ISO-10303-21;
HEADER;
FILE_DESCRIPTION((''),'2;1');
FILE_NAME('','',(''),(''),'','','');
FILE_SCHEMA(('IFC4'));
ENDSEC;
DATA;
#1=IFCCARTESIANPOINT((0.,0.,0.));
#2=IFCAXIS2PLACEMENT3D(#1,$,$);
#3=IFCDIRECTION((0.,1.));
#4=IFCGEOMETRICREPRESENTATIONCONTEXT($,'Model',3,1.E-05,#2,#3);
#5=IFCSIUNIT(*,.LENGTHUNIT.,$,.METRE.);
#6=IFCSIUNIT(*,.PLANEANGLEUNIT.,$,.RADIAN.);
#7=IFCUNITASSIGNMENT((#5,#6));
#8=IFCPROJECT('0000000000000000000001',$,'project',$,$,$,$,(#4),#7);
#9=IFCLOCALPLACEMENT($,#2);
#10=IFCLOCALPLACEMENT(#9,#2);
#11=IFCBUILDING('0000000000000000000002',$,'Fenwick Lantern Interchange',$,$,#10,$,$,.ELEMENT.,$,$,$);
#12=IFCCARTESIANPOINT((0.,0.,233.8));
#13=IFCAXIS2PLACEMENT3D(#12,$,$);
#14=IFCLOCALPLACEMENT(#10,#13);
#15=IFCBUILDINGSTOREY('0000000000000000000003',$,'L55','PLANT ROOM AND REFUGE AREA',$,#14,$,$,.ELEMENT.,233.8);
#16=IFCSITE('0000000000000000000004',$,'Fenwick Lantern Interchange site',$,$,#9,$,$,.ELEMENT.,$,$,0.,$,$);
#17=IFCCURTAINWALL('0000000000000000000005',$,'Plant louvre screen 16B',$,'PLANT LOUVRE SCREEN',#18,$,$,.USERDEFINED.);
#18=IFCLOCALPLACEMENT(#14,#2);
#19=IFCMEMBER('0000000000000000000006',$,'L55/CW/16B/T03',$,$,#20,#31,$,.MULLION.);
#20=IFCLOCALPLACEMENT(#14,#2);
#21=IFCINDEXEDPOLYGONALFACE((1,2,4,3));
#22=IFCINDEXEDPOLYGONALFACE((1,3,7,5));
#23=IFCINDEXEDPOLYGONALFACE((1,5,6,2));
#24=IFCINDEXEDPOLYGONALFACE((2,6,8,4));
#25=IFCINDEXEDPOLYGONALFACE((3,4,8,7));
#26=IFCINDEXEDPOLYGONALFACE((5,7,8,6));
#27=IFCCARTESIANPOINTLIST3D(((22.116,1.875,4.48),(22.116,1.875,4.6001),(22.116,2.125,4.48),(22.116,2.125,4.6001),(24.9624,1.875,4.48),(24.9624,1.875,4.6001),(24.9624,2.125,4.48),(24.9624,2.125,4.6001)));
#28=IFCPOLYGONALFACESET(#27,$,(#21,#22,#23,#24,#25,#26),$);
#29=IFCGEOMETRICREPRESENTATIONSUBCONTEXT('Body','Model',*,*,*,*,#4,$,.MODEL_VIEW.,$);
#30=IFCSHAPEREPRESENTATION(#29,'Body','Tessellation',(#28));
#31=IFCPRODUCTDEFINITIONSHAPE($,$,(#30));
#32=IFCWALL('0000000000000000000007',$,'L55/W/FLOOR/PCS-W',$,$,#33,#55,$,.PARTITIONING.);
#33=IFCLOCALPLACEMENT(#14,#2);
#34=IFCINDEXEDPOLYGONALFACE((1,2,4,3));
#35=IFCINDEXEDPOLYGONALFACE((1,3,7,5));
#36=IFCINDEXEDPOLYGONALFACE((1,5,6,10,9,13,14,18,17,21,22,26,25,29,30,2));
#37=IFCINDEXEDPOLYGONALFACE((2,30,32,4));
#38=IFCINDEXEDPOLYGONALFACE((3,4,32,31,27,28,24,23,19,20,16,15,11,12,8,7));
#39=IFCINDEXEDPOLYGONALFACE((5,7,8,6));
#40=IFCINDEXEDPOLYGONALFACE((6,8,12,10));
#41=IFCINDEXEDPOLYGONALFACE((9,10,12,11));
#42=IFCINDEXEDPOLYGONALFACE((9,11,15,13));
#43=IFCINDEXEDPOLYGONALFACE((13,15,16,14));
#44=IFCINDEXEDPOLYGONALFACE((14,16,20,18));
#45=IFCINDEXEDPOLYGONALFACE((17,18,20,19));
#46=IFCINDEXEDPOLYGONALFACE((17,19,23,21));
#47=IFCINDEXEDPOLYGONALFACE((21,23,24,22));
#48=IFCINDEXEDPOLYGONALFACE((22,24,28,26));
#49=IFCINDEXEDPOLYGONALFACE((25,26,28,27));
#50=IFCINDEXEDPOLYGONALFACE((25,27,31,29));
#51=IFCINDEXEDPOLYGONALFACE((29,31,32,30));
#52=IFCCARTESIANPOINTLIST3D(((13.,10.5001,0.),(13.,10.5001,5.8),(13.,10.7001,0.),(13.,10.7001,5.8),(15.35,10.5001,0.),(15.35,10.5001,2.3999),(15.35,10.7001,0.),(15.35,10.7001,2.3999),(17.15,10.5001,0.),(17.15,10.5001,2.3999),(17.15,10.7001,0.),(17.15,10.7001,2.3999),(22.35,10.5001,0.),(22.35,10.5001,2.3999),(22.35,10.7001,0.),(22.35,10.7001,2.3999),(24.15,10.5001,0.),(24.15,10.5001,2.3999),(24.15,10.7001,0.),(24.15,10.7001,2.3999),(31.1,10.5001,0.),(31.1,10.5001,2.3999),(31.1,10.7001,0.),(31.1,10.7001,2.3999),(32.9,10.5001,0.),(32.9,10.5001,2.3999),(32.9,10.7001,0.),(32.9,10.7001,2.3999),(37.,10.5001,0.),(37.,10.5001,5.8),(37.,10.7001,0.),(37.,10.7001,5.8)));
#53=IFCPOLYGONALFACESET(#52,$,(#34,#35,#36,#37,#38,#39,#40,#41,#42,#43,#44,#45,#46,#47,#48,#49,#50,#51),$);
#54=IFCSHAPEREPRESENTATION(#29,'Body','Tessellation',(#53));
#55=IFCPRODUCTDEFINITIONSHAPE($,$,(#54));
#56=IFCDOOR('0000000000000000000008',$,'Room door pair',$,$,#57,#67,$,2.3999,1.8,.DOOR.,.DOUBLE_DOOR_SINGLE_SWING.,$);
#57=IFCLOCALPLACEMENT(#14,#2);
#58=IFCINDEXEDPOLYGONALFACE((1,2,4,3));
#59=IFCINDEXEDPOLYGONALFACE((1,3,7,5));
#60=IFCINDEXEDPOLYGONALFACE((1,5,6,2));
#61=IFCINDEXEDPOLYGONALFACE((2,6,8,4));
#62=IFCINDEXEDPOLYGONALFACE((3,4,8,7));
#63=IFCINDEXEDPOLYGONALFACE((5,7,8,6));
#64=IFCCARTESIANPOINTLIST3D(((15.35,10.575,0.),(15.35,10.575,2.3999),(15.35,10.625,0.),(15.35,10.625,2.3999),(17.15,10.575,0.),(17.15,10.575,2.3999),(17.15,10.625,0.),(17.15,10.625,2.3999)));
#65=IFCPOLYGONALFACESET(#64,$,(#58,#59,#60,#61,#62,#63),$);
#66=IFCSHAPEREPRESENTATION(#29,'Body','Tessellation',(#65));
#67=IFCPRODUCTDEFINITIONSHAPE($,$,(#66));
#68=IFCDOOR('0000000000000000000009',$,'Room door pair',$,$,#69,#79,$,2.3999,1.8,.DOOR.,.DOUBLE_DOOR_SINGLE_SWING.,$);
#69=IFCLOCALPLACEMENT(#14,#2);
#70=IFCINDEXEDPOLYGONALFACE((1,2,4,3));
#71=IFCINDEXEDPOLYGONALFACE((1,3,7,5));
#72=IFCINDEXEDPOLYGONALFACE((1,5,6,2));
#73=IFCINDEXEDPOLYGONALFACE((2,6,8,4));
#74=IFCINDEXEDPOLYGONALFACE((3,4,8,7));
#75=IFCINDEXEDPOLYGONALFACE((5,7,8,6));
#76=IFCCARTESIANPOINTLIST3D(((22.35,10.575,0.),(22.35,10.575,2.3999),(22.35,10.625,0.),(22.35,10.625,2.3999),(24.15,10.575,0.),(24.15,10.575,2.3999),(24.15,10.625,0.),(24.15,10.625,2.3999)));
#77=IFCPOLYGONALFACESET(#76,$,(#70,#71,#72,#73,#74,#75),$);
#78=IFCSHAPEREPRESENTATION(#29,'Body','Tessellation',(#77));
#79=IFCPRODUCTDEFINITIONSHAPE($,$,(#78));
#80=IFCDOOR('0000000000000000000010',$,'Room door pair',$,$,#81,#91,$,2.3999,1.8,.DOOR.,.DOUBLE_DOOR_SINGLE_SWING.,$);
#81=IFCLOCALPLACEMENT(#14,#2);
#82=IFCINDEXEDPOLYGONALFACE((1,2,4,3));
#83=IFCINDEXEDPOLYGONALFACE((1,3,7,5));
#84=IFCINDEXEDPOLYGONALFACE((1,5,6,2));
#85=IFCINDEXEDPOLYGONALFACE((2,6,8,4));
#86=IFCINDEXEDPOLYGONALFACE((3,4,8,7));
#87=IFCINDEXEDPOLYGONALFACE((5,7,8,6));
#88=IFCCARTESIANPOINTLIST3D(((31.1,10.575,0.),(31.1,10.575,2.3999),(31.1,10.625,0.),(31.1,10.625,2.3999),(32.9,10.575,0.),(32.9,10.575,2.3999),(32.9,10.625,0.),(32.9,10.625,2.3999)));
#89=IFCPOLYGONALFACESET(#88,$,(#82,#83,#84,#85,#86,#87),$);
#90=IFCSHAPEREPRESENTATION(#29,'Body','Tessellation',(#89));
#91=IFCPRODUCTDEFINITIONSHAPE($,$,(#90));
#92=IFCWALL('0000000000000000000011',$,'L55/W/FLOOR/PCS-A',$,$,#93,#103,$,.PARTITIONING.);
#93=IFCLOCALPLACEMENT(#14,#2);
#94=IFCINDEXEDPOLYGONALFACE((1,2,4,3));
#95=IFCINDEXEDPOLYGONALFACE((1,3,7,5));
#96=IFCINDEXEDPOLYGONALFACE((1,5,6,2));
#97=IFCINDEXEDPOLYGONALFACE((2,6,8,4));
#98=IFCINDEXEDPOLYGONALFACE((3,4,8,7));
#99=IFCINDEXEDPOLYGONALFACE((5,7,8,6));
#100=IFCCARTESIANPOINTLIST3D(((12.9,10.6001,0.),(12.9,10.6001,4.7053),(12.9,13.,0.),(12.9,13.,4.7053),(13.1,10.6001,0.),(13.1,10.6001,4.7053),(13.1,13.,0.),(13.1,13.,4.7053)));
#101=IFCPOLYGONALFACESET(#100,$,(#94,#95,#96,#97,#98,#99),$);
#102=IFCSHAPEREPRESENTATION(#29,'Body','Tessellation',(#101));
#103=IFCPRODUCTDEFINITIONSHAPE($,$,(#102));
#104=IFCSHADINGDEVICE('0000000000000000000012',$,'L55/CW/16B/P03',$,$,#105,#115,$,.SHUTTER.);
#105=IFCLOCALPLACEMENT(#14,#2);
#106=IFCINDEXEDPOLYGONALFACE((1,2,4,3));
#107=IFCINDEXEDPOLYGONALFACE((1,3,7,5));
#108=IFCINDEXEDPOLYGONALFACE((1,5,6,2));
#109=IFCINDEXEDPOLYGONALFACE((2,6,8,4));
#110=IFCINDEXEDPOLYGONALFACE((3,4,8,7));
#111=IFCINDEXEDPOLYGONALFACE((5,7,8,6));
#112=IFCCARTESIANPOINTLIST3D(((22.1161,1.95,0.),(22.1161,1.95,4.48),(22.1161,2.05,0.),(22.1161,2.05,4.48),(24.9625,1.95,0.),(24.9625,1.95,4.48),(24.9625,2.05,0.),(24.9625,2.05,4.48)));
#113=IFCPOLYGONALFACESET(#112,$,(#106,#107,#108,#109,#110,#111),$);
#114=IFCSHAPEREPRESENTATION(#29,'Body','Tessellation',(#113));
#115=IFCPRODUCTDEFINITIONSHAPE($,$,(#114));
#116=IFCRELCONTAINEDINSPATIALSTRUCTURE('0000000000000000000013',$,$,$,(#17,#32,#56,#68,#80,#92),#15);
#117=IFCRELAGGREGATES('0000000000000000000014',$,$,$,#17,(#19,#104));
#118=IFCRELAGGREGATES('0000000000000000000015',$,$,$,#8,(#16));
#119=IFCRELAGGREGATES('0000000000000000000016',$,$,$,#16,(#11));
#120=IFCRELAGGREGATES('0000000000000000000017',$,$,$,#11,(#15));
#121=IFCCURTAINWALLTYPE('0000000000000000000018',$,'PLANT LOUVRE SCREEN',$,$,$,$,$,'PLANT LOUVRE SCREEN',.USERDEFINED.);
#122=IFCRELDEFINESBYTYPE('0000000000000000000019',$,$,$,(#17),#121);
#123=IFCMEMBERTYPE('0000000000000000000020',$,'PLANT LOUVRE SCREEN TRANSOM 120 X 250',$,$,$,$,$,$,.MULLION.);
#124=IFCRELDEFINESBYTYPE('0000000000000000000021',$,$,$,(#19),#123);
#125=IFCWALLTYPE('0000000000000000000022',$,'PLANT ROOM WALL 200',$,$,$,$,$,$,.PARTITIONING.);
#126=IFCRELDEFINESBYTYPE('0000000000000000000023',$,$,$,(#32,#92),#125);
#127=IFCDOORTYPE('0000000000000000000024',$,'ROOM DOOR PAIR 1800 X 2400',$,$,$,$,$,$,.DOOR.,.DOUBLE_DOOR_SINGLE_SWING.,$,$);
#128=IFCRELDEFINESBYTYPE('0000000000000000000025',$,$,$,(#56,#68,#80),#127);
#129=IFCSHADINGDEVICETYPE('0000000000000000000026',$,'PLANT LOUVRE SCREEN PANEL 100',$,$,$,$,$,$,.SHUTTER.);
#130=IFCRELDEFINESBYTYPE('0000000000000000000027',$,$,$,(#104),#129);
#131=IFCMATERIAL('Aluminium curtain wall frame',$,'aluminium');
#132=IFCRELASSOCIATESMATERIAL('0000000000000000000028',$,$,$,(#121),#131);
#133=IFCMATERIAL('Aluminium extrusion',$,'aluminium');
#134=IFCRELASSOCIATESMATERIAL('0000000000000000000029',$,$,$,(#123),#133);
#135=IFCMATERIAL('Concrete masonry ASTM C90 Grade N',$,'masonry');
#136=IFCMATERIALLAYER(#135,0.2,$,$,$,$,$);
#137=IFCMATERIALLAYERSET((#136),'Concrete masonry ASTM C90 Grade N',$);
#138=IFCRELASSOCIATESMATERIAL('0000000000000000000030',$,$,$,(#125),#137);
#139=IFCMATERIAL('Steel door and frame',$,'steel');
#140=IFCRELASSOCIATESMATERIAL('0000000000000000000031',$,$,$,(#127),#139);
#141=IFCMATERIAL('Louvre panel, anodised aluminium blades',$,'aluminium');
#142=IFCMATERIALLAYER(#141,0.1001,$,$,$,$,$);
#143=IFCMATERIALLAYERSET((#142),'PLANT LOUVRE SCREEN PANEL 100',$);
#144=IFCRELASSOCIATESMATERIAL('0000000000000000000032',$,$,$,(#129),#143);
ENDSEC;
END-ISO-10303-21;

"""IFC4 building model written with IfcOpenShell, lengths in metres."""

from ifc_helpers import new_model, si_unit, direction, frame, frame_2d, origin, origin_2d, place, context, subcontext, project, spatial, rectangle, extrude, material, layer, layer_set, material_profile, profile_set, type_object, element, fill, aggregate, save


model = new_model("IFC4")

# Units and contexts
model_context = context("Model", 3, precision=1e-05, world=origin(), true_north=direction((0.0, 1.0)))
body_context = subcontext(model_context, "Body", "Model", "MODEL_VIEW")
ifc_project = project(units=[si_unit("LENGTHUNIT", "METRE"), si_unit("PLANEANGLEUNIT", "RADIAN")], contexts=[model_context])

# Site, building, storey
site_placement = place(None, origin())
site = spatial("IfcSite", under=ifc_project, at=site_placement, Name="Fenwick Lantern Interchange site", CompositionType="ELEMENT", RefElevation=0.0)
building_placement = place(site_placement, origin())
building = spatial("IfcBuilding", under=site, at=building_placement, Name="Fenwick Lantern Interchange", CompositionType="ELEMENT")
storey_placement = place(building_placement, frame((0.0, 0.0, 233.8)))
storey = spatial("IfcBuildingStorey", under=building, at=storey_placement, Name="L55", Description="PLANT ROOM AND REFUGE AREA", CompositionType="ELEMENT", Elevation=233.8)

# Curtain wall
ifc_material_1 = material(Name="Aluminium curtain wall frame", Category="aluminium")
curtain_wall_type = type_object("IfcCurtainWallType", Name="PLANT LOUVRE SCREEN", ElementType="PLANT LOUVRE SCREEN", PredefinedType="USERDEFINED", material=ifc_material_1)
ifc_material_2 = material(Name="Aluminium extrusion", Category="aluminium")
curtain_wall_1_placement = place(storey_placement, origin())
curtain_wall_1 = element("IfcCurtainWall", 1, at=curtain_wall_1_placement, inside=storey, type_object=curtain_wall_type, Name="Plant louvre screen 16B", ObjectType="PLANT LOUVRE SCREEN", PredefinedType="USERDEFINED")

# Member
ifc_material_profile_1 = material_profile(ifc_material_2, rectangle(XDim=0.25, YDim=0.1201, at=origin_2d()), Name="PLANT LOUVRE SCREEN TRANSOM 120 X 250")
ifc_profile_set_1 = profile_set([ifc_material_profile_1], Name="Aluminium extrusion")
member_type_1 = type_object("IfcMemberType", Name="PLANT LOUVRE SCREEN TRANSOM 120 X 250", PredefinedType="MULLION", material=ifc_profile_set_1)
member_1_placement = place(storey_placement, frame((22.116, 2.0, 4.54), z_axis=(1.0, 0.0, 0.0), x_axis=(0.0, 1.0, 0.0)))
member_1 = element("IfcMember", 2, at=member_1_placement, type_object=member_type_1, Name="L55/CW/16B/T03", PredefinedType="MULLION", context=body_context, shape_type="SweptSolid", body=[
    extrude(rectangle(XDim=0.25, YDim=0.1201, at=origin_2d()), origin(), (0.0, 0.0, 1.0), 2.8464),
])

# Wall, openings, doors
ifc_material_3 = material(Name="Concrete masonry ASTM C90 Grade N", Category="masonry")
ifc_layer_1 = layer(ifc_material_3, 0.2)
ifc_layer_set_1 = layer_set([ifc_layer_1], Name="Concrete masonry ASTM C90 Grade N")
wall_type = type_object("IfcWallType", Name="PLANT ROOM WALL 200", PredefinedType="PARTITIONING", material=ifc_layer_set_1)
wall_1_placement = place(storey_placement, frame((13.0, 10.6001, 0.0), z_axis=(0.0, 0.0, 1.0), x_axis=(1.0, 0.0, 0.0)))
wall_1 = element("IfcWall", 3, at=wall_1_placement, inside=storey, type_object=wall_type, Name="L55/W/FLOOR/PCS-W", PredefinedType="PARTITIONING", context=body_context, shape_type="SweptSolid", body=[
    extrude(rectangle(XDim=24.0, YDim=0.2, at=frame_2d((12.0, 0.0))), origin(), (0.0, 0.0, 1.0), 5.8),
])
opening_1_placement = place(wall_1_placement, frame((2.3501, 0.0, 0.0)))
opening_1 = element("IfcOpeningElement", 4, at=opening_1_placement, cuts=wall_1, PredefinedType="OPENING", context=body_context, shape_type="SweptSolid", body=[
    extrude(rectangle(XDim=1.8, YDim=2.3999, at=frame_2d((0.8999, 1.2))), frame((0.0, 0.1099, 0.0), z_axis=(0.0, -1.0, 0.0), x_axis=(1.0, 0.0, 0.0)), (0.0, 0.0, 1.0), 0.22),
])
opening_2_placement = place(wall_1_placement, frame((9.3501, 0.0, 0.0)))
opening_2 = element("IfcOpeningElement", 5, at=opening_2_placement, cuts=wall_1, PredefinedType="OPENING", context=body_context, shape_type="SweptSolid", body=[
    extrude(rectangle(XDim=1.8, YDim=2.3999, at=frame_2d((0.8999, 1.2))), frame((0.0, 0.1099, 0.0), z_axis=(0.0, -1.0, 0.0), x_axis=(1.0, 0.0, 0.0)), (0.0, 0.0, 1.0), 0.22),
])
opening_3_placement = place(wall_1_placement, frame((18.1001, 0.0, 0.0)))
opening_3 = element("IfcOpeningElement", 6, at=opening_3_placement, cuts=wall_1, PredefinedType="OPENING", context=body_context, shape_type="SweptSolid", body=[
    extrude(rectangle(XDim=1.8, YDim=2.3999, at=frame_2d((0.8999, 1.2))), frame((0.0, 0.1099, 0.0), z_axis=(0.0, -1.0, 0.0), x_axis=(1.0, 0.0, 0.0)), (0.0, 0.0, 1.0), 0.22),
])
ifc_material_4 = material(Name="Steel door and frame", Category="steel")
door_type = type_object("IfcDoorType", Name="ROOM DOOR PAIR 1800 X 2400", OperationType="DOUBLE_DOOR_SINGLE_SWING", PredefinedType="DOOR", material=ifc_material_4)
door_1_placement = place(opening_1_placement, origin())
door_1 = element("IfcDoor", 7, at=door_1_placement, inside=storey, type_object=door_type, Name="Room door pair", OperationType="DOUBLE_DOOR_SINGLE_SWING", OverallHeight=2.3999, OverallWidth=1.8, PredefinedType="DOOR", context=body_context, shape_type="SweptSolid", body=[
    extrude(rectangle(XDim=1.8, YDim=2.3999, at=frame_2d((0.8999, 1.2))), frame((0.0, 0.0249, 0.0), z_axis=(0.0, -1.0, 0.0), x_axis=(1.0, 0.0, 0.0)), (0.0, 0.0, 1.0), 0.05),
])
fill(opening_1, door_1)
door_2_placement = place(opening_2_placement, origin())
door_2 = element("IfcDoor", 8, at=door_2_placement, inside=storey, type_object=door_type, Name="Room door pair", OperationType="DOUBLE_DOOR_SINGLE_SWING", OverallHeight=2.3999, OverallWidth=1.8, PredefinedType="DOOR", context=body_context, shape_type="SweptSolid", body=[
    extrude(rectangle(XDim=1.8, YDim=2.3999, at=frame_2d((0.8999, 1.2))), frame((0.0, 0.0249, 0.0), z_axis=(0.0, -1.0, 0.0), x_axis=(1.0, 0.0, 0.0)), (0.0, 0.0, 1.0), 0.05),
])
fill(opening_2, door_2)
door_3_placement = place(opening_3_placement, origin())
door_3 = element("IfcDoor", 9, at=door_3_placement, inside=storey, type_object=door_type, Name="Room door pair", OperationType="DOUBLE_DOOR_SINGLE_SWING", OverallHeight=2.3999, OverallWidth=1.8, PredefinedType="DOOR", context=body_context, shape_type="SweptSolid", body=[
    extrude(rectangle(XDim=1.8, YDim=2.3999, at=frame_2d((0.8999, 1.2))), frame((0.0, 0.0249, 0.0), z_axis=(0.0, -1.0, 0.0), x_axis=(1.0, 0.0, 0.0)), (0.0, 0.0, 1.0), 0.05),
])
fill(opening_3, door_3)

# Wall
wall_2_placement = place(storey_placement, frame((13.0, 10.6001, 0.0), z_axis=(0.0, 0.0, 1.0), x_axis=(0.0, 1.0, 0.0)))
element("IfcWall", 10, at=wall_2_placement, inside=storey, type_object=wall_type, Name="L55/W/FLOOR/PCS-A", PredefinedType="PARTITIONING", context=body_context, shape_type="SweptSolid", body=[
    extrude(rectangle(XDim=2.3999, YDim=0.2, at=frame_2d((1.2, 0.0))), origin(), (0.0, 0.0, 1.0), 4.7053),
])

# Shading device
ifc_material_5 = material(Name="Louvre panel, anodised aluminium blades", Category="aluminium")
ifc_layer_2 = layer(ifc_material_5, 0.1001)
ifc_layer_set_2 = layer_set([ifc_layer_2], Name="PLANT LOUVRE SCREEN PANEL 100")
shading_device_type = type_object("IfcShadingDeviceType", Name="PLANT LOUVRE SCREEN PANEL 100", PredefinedType="SHUTTER", material=ifc_layer_set_2)
shading_device_placement = place(storey_placement, frame((23.5393, 2.0, 0.0), z_axis=(0.0, 0.0, 1.0), x_axis=(1.0, 0.0, 0.0)))
shading_device = element("IfcShadingDevice", 11, at=shading_device_placement, type_object=shading_device_type, Name="L55/CW/16B/P03", PredefinedType="SHUTTER", context=body_context, shape_type="SweptSolid", body=[
    extrude(rectangle(XDim=2.8464, YDim=0.1001, at=origin_2d()), origin(), (0.0, 0.0, 1.0), 4.48),
])
aggregate(curtain_wall_1, [member_1, shading_device])

save(model, "model.ifc")
